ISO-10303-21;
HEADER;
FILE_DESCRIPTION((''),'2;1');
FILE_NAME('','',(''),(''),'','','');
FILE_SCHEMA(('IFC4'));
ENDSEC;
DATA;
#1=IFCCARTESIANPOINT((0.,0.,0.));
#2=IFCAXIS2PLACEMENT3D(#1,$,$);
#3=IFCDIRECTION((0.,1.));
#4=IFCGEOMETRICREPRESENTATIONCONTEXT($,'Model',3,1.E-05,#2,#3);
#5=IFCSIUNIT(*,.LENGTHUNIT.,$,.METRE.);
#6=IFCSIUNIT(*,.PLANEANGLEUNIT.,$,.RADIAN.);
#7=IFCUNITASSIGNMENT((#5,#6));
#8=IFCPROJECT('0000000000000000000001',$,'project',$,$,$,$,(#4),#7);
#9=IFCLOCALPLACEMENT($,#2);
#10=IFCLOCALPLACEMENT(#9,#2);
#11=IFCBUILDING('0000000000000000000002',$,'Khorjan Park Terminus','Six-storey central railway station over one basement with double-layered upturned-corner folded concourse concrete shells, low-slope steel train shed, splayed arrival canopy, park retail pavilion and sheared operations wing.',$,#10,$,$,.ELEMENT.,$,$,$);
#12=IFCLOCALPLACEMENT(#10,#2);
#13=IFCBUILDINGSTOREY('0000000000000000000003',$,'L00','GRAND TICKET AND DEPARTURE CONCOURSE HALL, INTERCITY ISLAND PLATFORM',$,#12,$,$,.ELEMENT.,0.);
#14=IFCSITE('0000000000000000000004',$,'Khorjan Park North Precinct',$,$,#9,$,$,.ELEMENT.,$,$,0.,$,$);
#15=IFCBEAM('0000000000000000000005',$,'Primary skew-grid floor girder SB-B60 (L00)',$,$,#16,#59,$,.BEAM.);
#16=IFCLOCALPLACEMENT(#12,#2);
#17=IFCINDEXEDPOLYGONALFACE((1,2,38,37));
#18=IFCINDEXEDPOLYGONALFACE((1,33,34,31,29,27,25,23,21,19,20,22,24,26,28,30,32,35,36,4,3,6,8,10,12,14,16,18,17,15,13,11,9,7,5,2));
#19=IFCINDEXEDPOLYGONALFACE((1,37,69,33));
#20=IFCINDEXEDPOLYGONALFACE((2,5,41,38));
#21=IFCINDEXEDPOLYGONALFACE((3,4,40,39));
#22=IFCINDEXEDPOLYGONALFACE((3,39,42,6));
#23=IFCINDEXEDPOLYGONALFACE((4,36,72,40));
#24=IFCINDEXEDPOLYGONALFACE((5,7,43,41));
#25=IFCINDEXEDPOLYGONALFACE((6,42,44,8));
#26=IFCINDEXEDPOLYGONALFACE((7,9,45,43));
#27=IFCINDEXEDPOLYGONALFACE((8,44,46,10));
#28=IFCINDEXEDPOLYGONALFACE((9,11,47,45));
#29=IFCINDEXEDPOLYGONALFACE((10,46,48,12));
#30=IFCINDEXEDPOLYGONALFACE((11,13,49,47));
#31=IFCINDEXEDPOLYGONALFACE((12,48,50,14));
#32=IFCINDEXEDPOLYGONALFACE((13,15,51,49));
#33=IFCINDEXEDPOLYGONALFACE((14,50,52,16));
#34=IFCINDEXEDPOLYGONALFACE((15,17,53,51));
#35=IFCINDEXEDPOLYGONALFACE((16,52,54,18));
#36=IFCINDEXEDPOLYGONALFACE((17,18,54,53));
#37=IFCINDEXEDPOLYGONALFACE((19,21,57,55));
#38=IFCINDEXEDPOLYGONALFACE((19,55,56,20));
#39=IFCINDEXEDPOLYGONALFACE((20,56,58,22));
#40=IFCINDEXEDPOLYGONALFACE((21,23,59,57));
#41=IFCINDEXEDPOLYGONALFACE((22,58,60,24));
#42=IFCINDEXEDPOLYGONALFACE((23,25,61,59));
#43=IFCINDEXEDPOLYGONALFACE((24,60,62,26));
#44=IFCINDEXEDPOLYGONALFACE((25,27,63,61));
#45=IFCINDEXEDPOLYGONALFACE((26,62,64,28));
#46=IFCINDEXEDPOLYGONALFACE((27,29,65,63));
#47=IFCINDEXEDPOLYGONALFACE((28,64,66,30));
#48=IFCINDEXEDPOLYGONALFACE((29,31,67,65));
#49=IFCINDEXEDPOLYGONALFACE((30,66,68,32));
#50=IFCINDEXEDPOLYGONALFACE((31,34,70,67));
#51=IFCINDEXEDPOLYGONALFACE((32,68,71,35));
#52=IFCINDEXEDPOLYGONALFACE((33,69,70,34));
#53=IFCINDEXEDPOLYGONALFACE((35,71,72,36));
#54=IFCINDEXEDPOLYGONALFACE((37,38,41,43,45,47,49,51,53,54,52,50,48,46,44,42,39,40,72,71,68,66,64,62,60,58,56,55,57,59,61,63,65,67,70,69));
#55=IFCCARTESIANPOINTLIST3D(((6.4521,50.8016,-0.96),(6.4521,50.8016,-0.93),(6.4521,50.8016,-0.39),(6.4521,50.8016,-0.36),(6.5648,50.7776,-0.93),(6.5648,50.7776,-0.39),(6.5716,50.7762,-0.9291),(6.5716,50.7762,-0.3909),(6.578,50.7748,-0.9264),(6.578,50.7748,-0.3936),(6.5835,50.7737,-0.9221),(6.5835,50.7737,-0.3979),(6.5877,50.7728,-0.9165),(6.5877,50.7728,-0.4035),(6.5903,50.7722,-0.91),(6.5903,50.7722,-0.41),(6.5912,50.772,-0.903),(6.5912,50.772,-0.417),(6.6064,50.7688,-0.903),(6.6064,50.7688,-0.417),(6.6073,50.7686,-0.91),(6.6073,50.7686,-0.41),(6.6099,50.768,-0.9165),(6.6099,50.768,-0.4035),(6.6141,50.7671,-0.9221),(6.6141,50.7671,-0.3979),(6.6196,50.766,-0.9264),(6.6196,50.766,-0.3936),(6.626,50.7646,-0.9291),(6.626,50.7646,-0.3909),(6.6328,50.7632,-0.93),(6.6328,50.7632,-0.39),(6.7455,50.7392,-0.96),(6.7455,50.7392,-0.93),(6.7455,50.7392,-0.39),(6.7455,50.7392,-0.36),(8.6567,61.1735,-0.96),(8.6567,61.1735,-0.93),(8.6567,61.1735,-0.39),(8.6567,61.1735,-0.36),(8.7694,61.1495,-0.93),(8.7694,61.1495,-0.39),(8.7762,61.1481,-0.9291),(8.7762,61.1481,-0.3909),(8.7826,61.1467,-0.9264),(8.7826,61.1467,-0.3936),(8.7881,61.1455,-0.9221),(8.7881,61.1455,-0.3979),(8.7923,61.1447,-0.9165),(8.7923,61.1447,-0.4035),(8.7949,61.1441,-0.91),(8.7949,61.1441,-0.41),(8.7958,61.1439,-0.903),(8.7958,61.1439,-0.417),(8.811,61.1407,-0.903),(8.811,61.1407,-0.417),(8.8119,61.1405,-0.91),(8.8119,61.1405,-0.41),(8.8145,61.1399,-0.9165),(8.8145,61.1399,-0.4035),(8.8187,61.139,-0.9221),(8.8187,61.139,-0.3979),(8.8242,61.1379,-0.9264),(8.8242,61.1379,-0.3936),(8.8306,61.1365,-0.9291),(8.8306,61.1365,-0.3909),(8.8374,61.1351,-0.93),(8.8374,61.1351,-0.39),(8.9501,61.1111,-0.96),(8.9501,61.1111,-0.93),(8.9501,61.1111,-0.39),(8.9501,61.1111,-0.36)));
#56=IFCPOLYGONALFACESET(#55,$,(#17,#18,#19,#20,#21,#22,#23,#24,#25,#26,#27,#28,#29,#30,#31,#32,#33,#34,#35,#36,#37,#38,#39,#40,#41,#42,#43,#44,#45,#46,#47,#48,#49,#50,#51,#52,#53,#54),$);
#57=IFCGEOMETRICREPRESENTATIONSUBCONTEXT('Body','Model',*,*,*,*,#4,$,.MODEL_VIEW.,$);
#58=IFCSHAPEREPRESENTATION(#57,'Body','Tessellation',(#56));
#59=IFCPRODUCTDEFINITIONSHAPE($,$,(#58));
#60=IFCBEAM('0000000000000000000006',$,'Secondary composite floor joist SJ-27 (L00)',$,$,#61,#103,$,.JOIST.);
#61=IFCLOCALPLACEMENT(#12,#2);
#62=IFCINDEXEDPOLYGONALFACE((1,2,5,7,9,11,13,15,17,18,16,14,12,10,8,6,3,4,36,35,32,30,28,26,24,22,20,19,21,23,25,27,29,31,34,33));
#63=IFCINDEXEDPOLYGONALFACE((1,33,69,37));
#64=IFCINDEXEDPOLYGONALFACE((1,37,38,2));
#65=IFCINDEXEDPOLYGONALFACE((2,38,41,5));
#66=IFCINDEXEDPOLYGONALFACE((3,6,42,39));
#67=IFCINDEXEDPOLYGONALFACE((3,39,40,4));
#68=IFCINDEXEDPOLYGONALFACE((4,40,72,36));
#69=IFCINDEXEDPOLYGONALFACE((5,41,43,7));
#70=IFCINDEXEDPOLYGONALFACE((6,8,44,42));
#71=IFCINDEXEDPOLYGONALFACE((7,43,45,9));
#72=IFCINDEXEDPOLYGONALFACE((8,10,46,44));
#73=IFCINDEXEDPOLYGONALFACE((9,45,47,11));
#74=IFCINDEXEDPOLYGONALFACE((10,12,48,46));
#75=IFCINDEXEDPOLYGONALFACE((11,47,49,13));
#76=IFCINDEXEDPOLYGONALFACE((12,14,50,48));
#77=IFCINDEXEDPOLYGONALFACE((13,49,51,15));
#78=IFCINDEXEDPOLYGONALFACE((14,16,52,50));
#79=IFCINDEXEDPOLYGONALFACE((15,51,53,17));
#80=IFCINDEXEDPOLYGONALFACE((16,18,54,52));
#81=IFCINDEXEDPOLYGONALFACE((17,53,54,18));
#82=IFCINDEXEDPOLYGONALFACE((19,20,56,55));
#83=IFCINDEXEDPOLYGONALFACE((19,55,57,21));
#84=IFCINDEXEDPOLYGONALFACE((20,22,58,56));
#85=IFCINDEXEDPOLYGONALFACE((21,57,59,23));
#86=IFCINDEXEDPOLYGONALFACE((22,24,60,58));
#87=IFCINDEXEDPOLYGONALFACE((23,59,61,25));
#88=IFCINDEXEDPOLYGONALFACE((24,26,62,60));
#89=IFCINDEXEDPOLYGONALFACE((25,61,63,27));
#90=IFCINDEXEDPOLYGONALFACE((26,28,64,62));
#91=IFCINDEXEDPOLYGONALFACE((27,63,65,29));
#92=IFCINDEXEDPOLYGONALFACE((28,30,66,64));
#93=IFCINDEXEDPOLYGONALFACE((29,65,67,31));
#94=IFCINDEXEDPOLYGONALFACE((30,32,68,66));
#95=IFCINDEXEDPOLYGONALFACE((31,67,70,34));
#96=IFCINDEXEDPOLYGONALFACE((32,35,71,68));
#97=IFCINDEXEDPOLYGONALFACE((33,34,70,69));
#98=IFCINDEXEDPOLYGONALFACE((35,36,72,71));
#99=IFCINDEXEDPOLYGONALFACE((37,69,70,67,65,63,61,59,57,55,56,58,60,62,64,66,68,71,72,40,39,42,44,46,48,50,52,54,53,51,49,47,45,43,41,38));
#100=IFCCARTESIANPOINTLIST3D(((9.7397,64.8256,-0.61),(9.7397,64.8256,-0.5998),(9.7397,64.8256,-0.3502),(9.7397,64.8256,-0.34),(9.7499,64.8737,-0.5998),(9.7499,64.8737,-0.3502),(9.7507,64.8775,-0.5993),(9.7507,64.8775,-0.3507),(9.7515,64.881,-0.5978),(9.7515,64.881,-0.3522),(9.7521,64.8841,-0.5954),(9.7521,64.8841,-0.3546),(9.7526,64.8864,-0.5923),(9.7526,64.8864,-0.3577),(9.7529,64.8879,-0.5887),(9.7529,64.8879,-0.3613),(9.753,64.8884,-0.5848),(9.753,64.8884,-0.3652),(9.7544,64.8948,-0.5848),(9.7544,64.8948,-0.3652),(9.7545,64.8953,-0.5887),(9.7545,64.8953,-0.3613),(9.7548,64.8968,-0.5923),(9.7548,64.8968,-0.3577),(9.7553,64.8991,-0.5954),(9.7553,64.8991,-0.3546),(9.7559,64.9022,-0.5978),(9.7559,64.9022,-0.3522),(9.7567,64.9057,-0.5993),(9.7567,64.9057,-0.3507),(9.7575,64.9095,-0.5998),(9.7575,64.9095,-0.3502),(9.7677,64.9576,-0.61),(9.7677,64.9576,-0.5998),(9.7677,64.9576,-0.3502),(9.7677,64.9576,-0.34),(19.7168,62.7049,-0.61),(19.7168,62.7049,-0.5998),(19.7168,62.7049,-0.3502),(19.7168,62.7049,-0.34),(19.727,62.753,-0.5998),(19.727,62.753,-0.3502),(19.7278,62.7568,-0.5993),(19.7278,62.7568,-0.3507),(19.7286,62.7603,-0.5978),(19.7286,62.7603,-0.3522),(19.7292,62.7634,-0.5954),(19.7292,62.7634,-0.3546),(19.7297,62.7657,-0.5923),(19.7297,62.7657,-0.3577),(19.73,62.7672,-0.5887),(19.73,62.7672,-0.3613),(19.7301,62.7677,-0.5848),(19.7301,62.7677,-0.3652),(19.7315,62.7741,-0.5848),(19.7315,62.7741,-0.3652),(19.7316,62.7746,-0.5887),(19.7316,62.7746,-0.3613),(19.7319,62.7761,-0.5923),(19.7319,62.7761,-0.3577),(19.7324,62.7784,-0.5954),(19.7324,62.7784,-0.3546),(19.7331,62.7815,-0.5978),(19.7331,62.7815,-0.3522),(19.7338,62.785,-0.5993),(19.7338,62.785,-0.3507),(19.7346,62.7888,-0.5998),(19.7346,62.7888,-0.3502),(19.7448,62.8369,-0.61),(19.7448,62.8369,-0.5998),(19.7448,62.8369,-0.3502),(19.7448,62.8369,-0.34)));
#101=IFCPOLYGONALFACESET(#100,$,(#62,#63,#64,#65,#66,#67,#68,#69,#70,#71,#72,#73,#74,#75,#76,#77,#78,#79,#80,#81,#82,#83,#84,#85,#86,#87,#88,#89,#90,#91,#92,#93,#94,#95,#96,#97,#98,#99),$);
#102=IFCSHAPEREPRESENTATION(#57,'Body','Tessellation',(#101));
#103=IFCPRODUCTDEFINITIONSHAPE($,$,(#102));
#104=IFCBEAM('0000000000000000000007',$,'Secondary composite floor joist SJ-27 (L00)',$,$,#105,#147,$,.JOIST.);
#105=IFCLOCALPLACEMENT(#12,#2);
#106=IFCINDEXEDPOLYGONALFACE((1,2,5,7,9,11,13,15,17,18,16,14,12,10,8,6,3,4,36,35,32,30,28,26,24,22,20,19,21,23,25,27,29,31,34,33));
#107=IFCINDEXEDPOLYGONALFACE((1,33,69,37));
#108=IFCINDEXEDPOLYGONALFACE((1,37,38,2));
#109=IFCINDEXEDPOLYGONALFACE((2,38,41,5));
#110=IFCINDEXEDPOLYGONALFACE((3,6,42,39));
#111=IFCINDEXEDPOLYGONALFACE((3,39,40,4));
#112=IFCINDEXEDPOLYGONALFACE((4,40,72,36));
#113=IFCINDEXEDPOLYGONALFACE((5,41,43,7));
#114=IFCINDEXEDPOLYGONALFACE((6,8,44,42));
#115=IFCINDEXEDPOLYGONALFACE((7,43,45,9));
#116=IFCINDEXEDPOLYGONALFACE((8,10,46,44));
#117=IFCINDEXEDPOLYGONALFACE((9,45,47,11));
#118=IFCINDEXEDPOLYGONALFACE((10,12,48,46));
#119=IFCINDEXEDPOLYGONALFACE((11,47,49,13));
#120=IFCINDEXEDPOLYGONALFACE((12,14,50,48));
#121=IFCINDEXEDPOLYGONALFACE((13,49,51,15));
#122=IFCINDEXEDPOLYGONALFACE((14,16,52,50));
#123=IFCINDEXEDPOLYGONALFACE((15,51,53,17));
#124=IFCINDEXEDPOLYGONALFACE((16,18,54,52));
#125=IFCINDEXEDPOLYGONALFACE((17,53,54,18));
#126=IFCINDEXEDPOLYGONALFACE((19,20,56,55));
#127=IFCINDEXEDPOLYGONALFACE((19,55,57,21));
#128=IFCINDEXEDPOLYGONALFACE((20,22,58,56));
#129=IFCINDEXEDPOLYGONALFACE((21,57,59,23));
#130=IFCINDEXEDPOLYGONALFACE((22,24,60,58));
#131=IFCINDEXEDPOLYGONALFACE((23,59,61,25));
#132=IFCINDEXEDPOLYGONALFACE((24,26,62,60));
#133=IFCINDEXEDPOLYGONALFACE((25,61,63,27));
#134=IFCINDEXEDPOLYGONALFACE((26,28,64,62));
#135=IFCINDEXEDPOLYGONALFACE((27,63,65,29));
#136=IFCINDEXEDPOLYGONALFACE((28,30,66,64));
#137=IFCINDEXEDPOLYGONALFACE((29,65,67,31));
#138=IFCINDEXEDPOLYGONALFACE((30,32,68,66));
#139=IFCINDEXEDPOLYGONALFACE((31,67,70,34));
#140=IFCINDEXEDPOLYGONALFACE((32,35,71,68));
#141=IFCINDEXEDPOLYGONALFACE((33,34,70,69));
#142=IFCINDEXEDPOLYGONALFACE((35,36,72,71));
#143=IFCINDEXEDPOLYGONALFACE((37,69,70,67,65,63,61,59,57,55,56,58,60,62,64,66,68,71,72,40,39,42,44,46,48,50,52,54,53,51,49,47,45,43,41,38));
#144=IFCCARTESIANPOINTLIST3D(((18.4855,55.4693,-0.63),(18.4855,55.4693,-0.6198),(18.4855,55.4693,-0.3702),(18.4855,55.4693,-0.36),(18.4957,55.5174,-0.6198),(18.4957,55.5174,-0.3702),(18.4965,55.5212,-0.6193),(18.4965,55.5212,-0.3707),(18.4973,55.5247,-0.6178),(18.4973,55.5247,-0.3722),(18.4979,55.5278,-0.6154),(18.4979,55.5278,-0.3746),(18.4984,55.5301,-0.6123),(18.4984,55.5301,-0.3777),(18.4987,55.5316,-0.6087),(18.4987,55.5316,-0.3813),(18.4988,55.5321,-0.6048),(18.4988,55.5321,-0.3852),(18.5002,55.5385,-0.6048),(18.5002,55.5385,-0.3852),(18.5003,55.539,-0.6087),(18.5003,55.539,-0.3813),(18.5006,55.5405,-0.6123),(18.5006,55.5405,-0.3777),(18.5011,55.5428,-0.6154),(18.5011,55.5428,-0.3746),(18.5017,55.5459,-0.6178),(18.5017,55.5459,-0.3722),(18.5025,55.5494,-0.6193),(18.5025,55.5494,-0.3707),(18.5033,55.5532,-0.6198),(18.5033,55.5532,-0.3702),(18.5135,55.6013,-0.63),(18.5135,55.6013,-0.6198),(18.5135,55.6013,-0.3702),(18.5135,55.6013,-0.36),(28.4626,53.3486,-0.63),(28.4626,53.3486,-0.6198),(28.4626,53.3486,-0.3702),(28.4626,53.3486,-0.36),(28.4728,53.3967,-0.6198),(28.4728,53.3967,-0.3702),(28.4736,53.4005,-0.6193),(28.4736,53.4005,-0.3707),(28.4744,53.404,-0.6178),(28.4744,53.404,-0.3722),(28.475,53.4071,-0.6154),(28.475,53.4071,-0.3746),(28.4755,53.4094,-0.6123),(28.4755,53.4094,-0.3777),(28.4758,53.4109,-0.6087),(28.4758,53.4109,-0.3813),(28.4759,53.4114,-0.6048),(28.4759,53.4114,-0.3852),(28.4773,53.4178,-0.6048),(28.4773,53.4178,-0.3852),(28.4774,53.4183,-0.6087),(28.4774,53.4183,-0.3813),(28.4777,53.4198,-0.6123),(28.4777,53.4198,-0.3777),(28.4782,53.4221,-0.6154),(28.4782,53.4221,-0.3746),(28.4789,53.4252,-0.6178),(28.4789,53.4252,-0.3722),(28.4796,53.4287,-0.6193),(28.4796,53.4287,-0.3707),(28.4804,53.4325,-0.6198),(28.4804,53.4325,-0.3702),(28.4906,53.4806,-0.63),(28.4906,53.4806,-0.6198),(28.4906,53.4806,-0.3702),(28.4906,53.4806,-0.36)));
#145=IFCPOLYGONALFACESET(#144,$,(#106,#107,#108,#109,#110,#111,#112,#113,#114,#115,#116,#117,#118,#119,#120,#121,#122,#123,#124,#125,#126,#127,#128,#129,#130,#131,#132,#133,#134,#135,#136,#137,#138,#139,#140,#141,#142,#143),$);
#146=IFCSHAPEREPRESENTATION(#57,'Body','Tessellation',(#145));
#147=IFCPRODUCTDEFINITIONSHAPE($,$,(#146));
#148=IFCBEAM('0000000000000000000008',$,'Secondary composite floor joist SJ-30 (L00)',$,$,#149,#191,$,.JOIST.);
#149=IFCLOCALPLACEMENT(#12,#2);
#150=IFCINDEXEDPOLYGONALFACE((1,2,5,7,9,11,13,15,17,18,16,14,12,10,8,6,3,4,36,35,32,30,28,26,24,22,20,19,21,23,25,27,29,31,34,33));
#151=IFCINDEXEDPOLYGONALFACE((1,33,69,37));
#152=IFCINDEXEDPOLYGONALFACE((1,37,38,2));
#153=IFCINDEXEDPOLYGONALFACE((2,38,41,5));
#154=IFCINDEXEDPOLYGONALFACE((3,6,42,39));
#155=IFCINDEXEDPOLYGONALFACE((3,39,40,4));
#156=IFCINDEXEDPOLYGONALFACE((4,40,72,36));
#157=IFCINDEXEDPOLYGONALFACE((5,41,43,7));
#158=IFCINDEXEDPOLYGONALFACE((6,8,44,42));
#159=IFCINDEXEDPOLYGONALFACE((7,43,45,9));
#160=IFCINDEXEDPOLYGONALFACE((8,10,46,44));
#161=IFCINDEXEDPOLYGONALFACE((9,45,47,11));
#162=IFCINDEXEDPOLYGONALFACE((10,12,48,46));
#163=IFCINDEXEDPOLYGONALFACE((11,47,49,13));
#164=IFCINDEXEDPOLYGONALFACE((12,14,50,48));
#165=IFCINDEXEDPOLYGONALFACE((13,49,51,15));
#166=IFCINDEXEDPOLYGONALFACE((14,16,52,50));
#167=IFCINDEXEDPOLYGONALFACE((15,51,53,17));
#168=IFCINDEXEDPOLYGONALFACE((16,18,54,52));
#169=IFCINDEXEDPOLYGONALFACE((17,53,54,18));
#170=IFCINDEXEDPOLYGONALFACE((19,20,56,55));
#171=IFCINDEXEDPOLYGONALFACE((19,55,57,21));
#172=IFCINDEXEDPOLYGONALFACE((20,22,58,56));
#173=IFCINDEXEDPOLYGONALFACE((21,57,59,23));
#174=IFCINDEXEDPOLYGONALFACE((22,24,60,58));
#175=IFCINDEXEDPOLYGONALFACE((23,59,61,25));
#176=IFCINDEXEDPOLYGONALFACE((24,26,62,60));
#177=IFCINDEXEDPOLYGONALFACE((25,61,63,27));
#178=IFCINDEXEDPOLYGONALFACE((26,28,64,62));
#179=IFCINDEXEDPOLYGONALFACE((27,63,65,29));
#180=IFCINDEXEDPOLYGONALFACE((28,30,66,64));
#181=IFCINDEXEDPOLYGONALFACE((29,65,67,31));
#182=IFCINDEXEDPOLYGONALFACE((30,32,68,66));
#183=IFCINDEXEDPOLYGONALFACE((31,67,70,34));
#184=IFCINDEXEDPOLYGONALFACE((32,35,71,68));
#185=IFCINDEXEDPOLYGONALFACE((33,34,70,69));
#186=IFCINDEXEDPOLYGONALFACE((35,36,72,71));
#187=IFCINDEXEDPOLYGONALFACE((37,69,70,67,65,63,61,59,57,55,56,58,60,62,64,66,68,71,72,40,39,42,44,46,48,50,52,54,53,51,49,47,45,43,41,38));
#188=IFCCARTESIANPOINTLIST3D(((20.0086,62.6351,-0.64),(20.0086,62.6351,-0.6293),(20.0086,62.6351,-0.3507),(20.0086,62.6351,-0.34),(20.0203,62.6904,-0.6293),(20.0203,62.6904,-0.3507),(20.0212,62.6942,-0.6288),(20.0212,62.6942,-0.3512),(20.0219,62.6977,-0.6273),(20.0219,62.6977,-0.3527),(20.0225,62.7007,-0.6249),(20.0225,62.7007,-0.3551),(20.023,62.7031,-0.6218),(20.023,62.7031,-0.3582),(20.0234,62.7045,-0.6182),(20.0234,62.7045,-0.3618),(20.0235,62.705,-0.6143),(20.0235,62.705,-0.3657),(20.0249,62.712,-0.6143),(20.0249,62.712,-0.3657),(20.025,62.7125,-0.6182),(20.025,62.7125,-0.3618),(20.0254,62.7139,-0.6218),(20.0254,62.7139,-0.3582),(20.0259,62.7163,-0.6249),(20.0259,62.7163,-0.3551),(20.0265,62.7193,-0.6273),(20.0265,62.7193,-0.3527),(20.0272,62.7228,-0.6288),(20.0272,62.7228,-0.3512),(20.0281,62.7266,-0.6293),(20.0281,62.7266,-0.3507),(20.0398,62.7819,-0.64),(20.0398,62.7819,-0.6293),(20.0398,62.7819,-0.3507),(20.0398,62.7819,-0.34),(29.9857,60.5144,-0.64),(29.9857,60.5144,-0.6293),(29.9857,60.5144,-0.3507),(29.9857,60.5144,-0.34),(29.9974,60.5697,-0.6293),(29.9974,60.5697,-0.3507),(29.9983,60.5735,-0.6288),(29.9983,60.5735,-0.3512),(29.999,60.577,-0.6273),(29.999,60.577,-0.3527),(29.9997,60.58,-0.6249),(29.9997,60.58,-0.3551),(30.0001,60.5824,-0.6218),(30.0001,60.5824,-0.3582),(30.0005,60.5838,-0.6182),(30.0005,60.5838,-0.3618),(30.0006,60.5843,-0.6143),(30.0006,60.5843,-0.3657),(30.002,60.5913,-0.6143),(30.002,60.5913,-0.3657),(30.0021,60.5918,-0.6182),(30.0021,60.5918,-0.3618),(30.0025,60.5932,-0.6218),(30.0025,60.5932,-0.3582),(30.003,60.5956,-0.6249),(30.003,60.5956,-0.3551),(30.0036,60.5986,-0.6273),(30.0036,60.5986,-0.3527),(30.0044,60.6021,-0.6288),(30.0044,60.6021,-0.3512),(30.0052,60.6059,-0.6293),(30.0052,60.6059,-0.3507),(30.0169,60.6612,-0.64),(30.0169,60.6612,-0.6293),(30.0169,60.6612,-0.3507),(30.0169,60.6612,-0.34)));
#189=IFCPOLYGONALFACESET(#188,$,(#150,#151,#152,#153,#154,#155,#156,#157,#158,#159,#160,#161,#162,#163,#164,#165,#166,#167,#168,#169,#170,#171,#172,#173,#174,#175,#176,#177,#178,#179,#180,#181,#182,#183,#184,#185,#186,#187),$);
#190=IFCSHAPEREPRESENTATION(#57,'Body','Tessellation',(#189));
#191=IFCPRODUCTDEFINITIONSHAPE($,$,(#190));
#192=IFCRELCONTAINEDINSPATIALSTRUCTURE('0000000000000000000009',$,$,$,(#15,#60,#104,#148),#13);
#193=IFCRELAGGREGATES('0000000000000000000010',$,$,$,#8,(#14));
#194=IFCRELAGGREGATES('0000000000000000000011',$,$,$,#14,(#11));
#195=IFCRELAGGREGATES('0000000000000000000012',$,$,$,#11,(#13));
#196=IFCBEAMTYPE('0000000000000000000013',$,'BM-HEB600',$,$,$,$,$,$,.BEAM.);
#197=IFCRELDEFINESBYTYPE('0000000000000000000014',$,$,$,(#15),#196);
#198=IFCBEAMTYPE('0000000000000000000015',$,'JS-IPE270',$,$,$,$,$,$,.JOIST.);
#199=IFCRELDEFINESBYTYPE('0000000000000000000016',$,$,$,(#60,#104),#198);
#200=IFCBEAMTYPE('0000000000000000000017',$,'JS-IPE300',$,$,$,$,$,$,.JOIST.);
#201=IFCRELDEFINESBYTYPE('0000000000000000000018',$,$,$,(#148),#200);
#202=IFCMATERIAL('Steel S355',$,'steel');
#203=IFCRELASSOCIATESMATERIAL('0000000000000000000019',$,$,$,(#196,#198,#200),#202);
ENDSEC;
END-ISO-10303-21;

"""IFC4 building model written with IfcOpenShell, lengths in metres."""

from ifc_helpers import new_model, si_unit, direction, frame, origin, origin_2d, place, context, subcontext, project, spatial, i_section, extrude, material, material_profile, profile_set, type_object, element, save


model = new_model("IFC4")

# Units and contexts
model_context = context("Model", 3, precision=1e-05, world=origin(), true_north=direction((0.0, 1.0)))
body_context = subcontext(model_context, "Body", "Model", "MODEL_VIEW")
ifc_project = project(units=[si_unit("LENGTHUNIT", "METRE"), si_unit("PLANEANGLEUNIT", "RADIAN")], contexts=[model_context])

# Site, building, storey
site_placement = place(None, origin())
site = spatial("IfcSite", under=ifc_project, at=site_placement, Name="Khorjan Park North Precinct", CompositionType="ELEMENT", RefElevation=0.0)
building_placement = place(site_placement, origin())
building = spatial("IfcBuilding", under=site, at=building_placement, Name="Khorjan Park Terminus", Description="Six-storey central railway station over one basement with double-layered upturned-corner folded concourse concrete shells, low-slope steel train shed, splayed arrival canopy, park retail pavilion and sheared operations wing.", CompositionType="ELEMENT")
storey_placement = place(building_placement, origin())
storey = spatial("IfcBuildingStorey", under=building, at=storey_placement, Name="L00", Description="GRAND TICKET AND DEPARTURE CONCOURSE HALL, INTERCITY ISLAND PLATFORM", CompositionType="ELEMENT", Elevation=0.0)

# Shared definitions
ifc_material_1 = material(Name="Steel S355", Category="steel")

# Beams
ifc_material_profile_1 = material_profile(ifc_material_1, i_section(OverallWidth=0.3, OverallDepth=0.6, WebThickness=0.0155, FlangeThickness=0.03, FilletRadius=0.027, at=origin_2d()), Name="HEB 600")
ifc_profile_set_1 = profile_set([ifc_material_profile_1], Name="Steel S355")
beam_type_1 = type_object("IfcBeamType", Name="BM-HEB600", PredefinedType="BEAM", material=ifc_profile_set_1)
beam_1_placement = place(storey_placement, frame((6.5988, 50.7704, -0.66), z_axis=(0.20791, 0.978148, 0.0), x_axis=(-0.978148, 0.20791, 0.0)))
element("IfcBeam", 1, at=beam_1_placement, inside=storey, type_object=beam_type_1, Name="Primary skew-grid floor girder SB-B60 (L00)", PredefinedType="BEAM", context=body_context, shape_type="SweptSolid", body=[
    extrude(i_section(OverallWidth=0.3, OverallDepth=0.6, WebThickness=0.0155, FlangeThickness=0.03, FilletRadius=0.027, at=origin_2d()), origin(), (0.0, 0.0, 1.0), 10.6036),
])
ifc_material_profile_2 = material_profile(ifc_material_1, i_section(OverallWidth=0.135, OverallDepth=0.27, WebThickness=0.0066, FlangeThickness=0.0102, FilletRadius=0.015, at=origin_2d()), Name="IPE 270")
ifc_profile_set_2 = profile_set([ifc_material_profile_2], Name="Steel S355")
beam_type_2 = type_object("IfcBeamType", Name="JS-IPE270", PredefinedType="JOIST", material=ifc_profile_set_2)
for number, where, z_axis, x_axis, name in (
    (2, (9.7537, 64.8916, -0.475), (0.978148, -0.207912, 0.0), (0.207912, 0.978148, 0.0), "Secondary composite floor joist SJ-27 (L00)"),
    (3, (18.4995, 55.5353, -0.495), (0.978148, -0.207912, 0.0), (0.207912, 0.978148, 0.0), "Secondary composite floor joist SJ-27 (L00)"),
):
    element("IfcBeam", number, at=place(storey_placement, frame(where, z_axis=z_axis, x_axis=x_axis)), inside=storey, type_object=beam_type_2, Name=name, PredefinedType="JOIST", context=body_context, shape_type="SweptSolid", body=[
        extrude(i_section(OverallWidth=0.135, OverallDepth=0.27, WebThickness=0.0066, FlangeThickness=0.0102, FilletRadius=0.015, at=origin_2d()), origin(), (0.0, 0.0, 1.0), 10.2),
    ])
ifc_material_profile_3 = material_profile(ifc_material_1, i_section(OverallWidth=0.15, OverallDepth=0.3, WebThickness=0.0071, FlangeThickness=0.0107, FilletRadius=0.015, at=origin_2d()), Name="IPE 300")
ifc_profile_set_3 = profile_set([ifc_material_profile_3], Name="Steel S355")
beam_type_3 = type_object("IfcBeamType", Name="JS-IPE300", PredefinedType="JOIST", material=ifc_profile_set_3)
beam_2_placement = place(storey_placement, frame((20.0242, 62.7085, -0.49), z_axis=(0.978148, -0.207912, 0.0), x_axis=(0.207912, 0.978148, 0.0)))
element("IfcBeam", 4, at=beam_2_placement, inside=storey, type_object=beam_type_3, Name="Secondary composite floor joist SJ-30 (L00)", PredefinedType="JOIST", context=body_context, shape_type="SweptSolid", body=[
    extrude(i_section(OverallWidth=0.15, OverallDepth=0.3, WebThickness=0.0071, FlangeThickness=0.0107, FilletRadius=0.015, at=origin_2d()), origin(), (0.0, 0.0, 1.0), 10.2),
])

save(model, "model.ifc")
